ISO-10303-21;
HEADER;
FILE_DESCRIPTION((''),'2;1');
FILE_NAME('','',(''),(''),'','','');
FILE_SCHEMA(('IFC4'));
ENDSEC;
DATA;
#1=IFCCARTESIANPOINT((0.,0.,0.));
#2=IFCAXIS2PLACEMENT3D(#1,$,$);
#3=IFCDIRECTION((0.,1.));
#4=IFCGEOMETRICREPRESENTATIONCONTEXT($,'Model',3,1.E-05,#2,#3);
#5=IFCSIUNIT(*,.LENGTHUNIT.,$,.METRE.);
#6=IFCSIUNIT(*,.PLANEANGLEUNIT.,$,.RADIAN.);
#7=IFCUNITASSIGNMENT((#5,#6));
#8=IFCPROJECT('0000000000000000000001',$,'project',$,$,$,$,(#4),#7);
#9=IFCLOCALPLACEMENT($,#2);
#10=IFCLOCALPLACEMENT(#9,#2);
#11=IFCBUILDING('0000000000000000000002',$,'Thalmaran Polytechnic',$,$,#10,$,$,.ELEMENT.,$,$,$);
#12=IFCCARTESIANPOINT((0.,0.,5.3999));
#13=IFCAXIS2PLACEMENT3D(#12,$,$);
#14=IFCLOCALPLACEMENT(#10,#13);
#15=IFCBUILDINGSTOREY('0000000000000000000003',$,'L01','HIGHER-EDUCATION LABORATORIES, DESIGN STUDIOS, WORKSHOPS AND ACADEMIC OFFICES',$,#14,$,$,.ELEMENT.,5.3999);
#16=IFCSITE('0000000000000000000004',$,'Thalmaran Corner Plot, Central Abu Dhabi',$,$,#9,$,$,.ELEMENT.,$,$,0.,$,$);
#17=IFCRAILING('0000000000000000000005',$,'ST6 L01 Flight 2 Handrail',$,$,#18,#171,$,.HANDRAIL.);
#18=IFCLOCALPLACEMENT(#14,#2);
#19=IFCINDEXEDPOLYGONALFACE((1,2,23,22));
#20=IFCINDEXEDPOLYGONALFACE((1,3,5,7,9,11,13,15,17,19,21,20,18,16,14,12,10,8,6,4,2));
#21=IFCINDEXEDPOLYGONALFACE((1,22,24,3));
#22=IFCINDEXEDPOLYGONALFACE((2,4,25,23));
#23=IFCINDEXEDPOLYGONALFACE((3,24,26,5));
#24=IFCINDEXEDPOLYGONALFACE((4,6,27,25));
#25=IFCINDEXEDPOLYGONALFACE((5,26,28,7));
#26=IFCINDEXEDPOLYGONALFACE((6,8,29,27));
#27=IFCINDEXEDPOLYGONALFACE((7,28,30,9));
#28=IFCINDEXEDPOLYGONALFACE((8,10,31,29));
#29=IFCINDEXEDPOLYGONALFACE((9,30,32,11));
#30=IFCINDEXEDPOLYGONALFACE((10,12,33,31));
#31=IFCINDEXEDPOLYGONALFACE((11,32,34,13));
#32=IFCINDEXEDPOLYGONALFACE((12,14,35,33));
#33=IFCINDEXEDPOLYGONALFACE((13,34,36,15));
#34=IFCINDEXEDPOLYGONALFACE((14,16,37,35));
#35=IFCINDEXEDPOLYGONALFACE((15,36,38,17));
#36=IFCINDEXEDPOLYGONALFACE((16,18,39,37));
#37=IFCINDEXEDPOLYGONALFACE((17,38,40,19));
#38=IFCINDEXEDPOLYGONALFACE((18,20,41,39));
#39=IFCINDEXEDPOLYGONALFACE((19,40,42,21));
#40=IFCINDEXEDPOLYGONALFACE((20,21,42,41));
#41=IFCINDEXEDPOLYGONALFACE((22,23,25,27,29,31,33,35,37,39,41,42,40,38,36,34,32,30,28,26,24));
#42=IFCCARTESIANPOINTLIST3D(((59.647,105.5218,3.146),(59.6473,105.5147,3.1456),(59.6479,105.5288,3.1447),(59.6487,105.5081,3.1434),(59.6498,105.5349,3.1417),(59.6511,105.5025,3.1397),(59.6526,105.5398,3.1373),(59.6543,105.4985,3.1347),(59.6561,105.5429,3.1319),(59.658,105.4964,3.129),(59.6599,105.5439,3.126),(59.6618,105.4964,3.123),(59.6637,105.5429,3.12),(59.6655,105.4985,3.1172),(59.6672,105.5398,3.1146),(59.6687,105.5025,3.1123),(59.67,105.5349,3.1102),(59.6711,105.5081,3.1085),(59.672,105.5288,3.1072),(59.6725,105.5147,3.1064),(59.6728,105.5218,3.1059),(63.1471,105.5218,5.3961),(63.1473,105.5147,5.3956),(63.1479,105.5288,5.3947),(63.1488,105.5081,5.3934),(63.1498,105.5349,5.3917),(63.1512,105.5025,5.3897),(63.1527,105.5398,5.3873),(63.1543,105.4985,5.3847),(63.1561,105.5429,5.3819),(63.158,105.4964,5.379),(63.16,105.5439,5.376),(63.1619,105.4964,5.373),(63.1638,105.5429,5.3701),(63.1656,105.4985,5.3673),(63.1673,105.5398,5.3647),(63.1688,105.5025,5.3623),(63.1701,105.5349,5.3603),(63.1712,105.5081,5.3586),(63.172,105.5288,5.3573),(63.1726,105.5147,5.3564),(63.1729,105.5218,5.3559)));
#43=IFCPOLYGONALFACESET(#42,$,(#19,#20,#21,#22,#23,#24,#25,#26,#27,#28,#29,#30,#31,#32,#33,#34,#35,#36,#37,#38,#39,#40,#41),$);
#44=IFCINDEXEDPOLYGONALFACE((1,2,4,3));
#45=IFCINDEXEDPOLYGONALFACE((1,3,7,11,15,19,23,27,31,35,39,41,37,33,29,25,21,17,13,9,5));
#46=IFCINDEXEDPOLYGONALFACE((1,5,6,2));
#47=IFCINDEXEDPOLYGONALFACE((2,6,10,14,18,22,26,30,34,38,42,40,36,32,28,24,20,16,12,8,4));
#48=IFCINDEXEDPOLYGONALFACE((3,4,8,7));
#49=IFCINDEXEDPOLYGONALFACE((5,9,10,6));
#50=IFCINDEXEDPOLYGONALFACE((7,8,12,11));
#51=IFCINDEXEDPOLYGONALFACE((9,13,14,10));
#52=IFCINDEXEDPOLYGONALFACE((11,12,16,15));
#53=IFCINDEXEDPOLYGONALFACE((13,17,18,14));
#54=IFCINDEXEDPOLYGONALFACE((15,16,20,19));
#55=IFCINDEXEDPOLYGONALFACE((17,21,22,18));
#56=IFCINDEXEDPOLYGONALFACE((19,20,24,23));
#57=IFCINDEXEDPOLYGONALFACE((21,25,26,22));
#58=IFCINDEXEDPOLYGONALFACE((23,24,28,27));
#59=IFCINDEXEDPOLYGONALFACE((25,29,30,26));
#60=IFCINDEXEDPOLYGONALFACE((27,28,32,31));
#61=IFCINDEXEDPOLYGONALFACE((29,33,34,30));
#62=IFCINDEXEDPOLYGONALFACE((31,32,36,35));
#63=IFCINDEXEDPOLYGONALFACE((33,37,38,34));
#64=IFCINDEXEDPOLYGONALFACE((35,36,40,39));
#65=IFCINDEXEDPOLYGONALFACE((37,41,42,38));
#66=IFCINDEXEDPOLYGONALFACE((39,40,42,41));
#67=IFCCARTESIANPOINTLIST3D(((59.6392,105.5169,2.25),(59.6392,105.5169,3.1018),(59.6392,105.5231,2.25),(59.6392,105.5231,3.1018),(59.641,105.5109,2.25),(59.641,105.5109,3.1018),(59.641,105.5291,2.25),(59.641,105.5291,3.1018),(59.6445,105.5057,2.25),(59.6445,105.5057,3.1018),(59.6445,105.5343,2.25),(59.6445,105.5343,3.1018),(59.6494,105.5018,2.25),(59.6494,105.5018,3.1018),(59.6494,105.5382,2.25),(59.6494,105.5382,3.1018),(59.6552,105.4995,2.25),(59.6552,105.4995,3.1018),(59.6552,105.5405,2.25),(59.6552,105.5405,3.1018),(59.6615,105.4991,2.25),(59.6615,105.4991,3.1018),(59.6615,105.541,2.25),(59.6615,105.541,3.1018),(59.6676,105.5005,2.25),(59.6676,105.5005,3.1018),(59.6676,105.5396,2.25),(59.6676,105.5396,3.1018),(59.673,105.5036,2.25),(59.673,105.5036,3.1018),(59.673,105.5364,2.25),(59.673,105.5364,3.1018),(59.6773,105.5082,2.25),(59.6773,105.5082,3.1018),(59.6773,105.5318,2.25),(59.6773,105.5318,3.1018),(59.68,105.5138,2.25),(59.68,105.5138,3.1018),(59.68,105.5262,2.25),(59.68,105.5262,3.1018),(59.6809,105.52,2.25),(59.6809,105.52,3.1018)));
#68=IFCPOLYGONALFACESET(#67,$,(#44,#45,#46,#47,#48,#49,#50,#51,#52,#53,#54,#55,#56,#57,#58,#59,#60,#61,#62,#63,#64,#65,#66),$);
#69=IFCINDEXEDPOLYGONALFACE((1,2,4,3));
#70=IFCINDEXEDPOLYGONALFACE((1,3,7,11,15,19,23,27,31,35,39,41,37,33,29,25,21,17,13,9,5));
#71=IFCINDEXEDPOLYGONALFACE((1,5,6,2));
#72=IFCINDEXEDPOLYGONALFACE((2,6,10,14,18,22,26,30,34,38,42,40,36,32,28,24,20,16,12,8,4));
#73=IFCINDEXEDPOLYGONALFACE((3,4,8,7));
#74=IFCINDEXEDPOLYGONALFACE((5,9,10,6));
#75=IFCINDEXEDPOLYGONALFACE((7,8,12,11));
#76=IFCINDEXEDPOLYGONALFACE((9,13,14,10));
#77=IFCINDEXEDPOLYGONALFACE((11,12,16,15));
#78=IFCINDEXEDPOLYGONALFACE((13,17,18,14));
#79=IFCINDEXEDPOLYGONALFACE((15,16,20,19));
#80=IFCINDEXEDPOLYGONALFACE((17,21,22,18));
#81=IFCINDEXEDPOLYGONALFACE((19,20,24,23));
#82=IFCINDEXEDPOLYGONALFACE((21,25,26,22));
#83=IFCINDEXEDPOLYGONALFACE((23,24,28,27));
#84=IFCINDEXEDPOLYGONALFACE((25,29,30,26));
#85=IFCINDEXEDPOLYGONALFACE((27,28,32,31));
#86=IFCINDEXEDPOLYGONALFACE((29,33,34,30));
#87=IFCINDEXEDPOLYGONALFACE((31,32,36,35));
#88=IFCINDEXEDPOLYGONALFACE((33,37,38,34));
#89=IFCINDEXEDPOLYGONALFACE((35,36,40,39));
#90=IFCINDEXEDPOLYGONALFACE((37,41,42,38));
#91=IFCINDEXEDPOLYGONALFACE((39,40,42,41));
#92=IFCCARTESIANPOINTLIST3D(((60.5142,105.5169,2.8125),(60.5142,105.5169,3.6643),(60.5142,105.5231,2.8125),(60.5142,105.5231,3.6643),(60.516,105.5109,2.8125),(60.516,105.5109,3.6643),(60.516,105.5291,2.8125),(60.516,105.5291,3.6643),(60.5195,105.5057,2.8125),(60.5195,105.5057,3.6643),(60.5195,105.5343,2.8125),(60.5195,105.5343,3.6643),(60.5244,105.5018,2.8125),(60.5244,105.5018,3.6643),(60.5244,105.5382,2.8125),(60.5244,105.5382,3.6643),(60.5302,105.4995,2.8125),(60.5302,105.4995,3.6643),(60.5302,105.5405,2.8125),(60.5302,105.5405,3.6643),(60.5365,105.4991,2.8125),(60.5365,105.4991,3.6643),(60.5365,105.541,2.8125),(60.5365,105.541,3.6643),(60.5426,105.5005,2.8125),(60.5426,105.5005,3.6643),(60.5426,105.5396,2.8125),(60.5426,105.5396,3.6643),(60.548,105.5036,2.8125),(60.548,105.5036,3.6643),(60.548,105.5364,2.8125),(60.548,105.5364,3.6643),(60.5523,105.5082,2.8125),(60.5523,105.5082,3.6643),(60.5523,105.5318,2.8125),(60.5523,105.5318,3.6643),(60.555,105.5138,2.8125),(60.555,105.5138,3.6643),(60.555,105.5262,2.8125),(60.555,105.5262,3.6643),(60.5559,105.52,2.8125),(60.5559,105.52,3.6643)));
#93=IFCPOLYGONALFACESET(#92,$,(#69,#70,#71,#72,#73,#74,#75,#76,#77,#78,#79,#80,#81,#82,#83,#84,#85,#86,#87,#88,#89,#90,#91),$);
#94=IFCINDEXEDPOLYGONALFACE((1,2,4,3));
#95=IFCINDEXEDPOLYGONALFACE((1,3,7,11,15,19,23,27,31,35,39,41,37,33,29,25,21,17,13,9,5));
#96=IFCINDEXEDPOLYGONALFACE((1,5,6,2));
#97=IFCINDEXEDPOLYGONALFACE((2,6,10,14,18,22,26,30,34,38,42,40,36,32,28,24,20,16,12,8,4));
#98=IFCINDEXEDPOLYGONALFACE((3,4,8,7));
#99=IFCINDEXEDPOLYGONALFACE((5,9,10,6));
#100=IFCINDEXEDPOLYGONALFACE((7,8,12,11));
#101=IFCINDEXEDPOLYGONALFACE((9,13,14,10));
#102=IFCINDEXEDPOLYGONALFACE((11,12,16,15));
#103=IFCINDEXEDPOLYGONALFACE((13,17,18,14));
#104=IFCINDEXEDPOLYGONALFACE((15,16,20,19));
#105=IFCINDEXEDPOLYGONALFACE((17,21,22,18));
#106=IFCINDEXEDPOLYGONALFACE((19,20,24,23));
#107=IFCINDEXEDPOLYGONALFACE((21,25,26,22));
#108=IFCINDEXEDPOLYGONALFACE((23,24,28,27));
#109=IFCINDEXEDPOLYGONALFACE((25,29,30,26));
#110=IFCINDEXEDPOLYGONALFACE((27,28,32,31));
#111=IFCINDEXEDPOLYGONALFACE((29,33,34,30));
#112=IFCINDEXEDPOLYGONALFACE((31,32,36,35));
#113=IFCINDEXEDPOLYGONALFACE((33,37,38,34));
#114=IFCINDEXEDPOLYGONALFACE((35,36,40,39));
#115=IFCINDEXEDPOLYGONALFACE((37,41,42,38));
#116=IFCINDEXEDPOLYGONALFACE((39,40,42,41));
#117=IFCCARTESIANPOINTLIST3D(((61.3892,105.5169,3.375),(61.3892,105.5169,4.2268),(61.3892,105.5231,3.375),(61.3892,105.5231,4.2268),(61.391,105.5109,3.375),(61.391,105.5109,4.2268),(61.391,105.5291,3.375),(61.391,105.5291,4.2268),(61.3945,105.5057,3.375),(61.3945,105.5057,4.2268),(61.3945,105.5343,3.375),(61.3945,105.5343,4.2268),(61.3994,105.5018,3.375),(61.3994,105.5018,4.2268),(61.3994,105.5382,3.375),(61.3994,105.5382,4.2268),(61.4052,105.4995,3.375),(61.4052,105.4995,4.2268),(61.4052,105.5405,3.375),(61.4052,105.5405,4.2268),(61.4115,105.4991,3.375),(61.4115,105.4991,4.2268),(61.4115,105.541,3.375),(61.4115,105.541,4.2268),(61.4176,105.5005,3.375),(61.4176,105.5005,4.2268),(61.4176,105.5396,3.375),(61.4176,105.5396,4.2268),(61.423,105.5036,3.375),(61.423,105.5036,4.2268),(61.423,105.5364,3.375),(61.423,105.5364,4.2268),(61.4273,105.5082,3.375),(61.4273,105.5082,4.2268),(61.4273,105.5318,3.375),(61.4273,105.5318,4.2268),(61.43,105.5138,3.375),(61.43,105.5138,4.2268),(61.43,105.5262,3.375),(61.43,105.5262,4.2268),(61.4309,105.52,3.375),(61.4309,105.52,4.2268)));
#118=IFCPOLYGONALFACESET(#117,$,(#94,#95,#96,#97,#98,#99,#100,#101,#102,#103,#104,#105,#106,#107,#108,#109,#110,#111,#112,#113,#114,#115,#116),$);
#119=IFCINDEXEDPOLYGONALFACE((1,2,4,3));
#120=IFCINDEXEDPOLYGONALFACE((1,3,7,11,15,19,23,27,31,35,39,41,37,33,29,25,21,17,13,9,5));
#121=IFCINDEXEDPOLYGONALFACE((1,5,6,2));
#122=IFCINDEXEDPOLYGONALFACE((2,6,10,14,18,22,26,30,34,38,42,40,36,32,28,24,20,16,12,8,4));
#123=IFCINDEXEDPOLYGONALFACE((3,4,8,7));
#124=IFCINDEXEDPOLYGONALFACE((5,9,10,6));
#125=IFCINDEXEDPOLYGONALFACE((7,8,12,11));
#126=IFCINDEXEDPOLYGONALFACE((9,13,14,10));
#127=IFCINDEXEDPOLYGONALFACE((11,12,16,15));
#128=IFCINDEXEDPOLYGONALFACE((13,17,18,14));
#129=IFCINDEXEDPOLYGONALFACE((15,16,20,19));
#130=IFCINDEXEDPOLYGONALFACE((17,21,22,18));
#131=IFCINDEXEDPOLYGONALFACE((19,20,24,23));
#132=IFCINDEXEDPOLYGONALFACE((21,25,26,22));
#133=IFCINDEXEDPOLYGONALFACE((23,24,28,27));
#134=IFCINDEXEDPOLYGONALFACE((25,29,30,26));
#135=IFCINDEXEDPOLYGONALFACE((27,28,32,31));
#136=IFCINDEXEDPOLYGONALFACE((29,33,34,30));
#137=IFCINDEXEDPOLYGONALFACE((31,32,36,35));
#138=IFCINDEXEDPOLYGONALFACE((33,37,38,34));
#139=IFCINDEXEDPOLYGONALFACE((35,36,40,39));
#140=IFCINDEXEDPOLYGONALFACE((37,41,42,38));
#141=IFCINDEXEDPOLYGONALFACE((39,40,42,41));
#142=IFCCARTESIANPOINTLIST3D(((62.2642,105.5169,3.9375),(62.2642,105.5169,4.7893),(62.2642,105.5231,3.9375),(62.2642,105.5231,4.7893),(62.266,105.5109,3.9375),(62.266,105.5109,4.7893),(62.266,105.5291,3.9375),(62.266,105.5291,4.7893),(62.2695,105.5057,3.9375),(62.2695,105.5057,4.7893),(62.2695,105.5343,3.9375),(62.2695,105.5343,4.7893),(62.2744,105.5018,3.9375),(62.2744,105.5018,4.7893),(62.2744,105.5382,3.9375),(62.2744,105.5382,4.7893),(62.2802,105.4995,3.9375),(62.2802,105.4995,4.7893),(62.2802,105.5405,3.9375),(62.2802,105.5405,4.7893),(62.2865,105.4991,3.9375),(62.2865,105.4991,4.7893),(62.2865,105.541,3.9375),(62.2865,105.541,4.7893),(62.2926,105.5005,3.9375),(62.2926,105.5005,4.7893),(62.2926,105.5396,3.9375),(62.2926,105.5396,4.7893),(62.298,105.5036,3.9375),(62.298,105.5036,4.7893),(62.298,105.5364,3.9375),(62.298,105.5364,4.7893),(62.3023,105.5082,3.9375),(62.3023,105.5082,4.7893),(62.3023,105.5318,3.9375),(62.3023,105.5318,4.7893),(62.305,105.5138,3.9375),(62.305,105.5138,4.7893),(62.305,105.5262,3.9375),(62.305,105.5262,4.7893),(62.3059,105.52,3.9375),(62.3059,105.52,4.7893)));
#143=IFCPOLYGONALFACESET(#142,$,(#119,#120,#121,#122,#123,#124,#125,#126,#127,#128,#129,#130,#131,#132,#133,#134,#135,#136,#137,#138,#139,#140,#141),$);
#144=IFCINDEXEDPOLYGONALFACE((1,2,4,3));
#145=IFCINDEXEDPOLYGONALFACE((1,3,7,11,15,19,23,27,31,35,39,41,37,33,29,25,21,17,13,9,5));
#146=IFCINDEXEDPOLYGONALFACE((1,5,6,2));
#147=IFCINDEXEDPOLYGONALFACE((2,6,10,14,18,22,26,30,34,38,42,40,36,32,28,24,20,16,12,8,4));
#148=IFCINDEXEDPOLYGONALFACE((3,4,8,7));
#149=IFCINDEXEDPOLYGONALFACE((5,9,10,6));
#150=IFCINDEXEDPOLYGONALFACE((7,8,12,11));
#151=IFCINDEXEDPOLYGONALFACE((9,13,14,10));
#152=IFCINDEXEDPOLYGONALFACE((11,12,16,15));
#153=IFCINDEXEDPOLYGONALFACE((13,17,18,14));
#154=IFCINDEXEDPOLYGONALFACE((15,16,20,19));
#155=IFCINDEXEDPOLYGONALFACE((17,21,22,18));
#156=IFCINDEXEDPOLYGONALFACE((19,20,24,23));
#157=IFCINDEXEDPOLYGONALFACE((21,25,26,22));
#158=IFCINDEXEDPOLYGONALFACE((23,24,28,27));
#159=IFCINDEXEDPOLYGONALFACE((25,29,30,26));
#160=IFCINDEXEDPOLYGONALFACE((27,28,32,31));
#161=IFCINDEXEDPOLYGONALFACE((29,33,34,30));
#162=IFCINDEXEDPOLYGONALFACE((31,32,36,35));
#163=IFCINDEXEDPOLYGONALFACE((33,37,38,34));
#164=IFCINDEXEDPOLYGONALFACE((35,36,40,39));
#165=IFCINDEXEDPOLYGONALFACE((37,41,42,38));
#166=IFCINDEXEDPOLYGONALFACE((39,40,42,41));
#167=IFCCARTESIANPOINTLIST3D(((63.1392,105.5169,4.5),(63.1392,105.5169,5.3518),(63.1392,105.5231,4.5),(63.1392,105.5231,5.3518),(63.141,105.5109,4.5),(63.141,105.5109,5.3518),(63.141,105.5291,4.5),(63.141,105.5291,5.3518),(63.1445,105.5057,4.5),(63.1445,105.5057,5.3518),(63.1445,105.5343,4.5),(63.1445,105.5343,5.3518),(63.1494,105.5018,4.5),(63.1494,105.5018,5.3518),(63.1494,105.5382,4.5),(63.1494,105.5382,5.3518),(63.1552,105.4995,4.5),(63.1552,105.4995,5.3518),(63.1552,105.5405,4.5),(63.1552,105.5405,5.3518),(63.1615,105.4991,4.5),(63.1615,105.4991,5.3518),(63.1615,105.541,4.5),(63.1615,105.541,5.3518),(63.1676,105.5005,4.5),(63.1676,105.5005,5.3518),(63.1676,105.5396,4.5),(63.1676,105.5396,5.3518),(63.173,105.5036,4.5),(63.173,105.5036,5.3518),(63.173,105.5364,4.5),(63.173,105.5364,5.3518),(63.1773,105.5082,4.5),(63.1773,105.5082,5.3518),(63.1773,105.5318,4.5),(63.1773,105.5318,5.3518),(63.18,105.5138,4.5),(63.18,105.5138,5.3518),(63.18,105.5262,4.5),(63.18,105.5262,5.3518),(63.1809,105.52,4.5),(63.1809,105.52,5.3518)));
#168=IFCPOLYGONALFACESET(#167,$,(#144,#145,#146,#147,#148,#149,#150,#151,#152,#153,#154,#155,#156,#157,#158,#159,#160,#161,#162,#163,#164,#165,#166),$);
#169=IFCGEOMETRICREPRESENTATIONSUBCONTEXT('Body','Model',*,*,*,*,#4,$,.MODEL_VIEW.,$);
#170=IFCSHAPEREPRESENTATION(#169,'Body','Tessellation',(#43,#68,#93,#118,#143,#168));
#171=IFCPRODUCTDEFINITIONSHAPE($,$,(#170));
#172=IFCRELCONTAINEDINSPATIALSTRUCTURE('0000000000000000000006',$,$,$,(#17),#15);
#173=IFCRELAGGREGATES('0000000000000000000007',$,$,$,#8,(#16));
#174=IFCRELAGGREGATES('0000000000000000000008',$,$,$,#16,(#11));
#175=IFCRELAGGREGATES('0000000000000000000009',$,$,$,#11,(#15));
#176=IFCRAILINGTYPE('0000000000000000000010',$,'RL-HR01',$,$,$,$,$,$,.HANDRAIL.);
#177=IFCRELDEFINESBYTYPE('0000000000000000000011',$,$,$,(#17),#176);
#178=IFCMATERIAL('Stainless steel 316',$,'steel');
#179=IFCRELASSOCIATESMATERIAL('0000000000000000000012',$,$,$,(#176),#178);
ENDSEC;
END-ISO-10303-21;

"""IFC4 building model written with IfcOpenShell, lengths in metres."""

from ifc_helpers import new_model, si_unit, direction, frame, origin, origin_2d, place, context, subcontext, project, spatial, circle, extrude, material, type_object, element, save


model = new_model("IFC4")

# Units and contexts
model_context = context("Model", 3, precision=1e-05, world=origin(), true_north=direction((0.0, 1.0)))
body_context = subcontext(model_context, "Body", "Model", "MODEL_VIEW")
ifc_project = project(units=[si_unit("LENGTHUNIT", "METRE"), si_unit("PLANEANGLEUNIT", "RADIAN")], contexts=[model_context])

# Site, building, storey
site_placement = place(None, origin())
site = spatial("IfcSite", under=ifc_project, at=site_placement, Name="Thalmaran Corner Plot, Central Abu Dhabi", CompositionType="ELEMENT", RefElevation=0.0)
building_placement = place(site_placement, origin())
building = spatial("IfcBuilding", under=site, at=building_placement, Name="Thalmaran Polytechnic", CompositionType="ELEMENT")
storey_placement = place(building_placement, frame((0.0, 0.0, 5.3999)))
storey = spatial("IfcBuildingStorey", under=building, at=storey_placement, Name="L01", Description="HIGHER-EDUCATION LABORATORIES, DESIGN STUDIOS, WORKSHOPS AND ACADEMIC OFFICES", CompositionType="ELEMENT", Elevation=5.3999)

# Railing
ifc_material_1 = material(Name="Stainless steel 316", Category="steel")
railing_type_1 = type_object("IfcRailingType", Name="RL-HR01", PredefinedType="HANDRAIL", material=ifc_material_1)
railing_1_placement = place(storey_placement, frame((59.6599, 105.52, 2.25)))
element("IfcRailing", 1, at=railing_1_placement, inside=storey, type_object=railing_type_1, Name="ST6 L01 Flight 2 Handrail", PredefinedType="HANDRAIL", context=body_context, shape_type="SweptSolid", body=[
    extrude(circle(Radius=0.0239, at=origin_2d()), frame((0.0, 0.0, 0.876), z_axis=(0.841178, 0.0, 0.540758), x_axis=(0.0, 1.0, 0.0)), (0.0, 0.0, 1.0), 4.1609),
    extrude(circle(Radius=0.021, at=origin_2d()), origin(), (0.0, 0.0, 1.0), 0.8518),
    extrude(circle(Radius=0.021, at=origin_2d()), frame((0.875, 0.0, 0.5625)), (0.0, 0.0, 1.0), 0.8518),
    extrude(circle(Radius=0.021, at=origin_2d()), frame((1.75, 0.0, 1.125)), (0.0, 0.0, 1.0), 0.8518),
    extrude(circle(Radius=0.021, at=origin_2d()), frame((2.625, 0.0, 1.6875)), (0.0, 0.0, 1.0), 0.8518),
    extrude(circle(Radius=0.021, at=origin_2d()), frame((3.5, 0.0, 2.25)), (0.0, 0.0, 1.0), 0.8518),
])

save(model, "model.ifc")
